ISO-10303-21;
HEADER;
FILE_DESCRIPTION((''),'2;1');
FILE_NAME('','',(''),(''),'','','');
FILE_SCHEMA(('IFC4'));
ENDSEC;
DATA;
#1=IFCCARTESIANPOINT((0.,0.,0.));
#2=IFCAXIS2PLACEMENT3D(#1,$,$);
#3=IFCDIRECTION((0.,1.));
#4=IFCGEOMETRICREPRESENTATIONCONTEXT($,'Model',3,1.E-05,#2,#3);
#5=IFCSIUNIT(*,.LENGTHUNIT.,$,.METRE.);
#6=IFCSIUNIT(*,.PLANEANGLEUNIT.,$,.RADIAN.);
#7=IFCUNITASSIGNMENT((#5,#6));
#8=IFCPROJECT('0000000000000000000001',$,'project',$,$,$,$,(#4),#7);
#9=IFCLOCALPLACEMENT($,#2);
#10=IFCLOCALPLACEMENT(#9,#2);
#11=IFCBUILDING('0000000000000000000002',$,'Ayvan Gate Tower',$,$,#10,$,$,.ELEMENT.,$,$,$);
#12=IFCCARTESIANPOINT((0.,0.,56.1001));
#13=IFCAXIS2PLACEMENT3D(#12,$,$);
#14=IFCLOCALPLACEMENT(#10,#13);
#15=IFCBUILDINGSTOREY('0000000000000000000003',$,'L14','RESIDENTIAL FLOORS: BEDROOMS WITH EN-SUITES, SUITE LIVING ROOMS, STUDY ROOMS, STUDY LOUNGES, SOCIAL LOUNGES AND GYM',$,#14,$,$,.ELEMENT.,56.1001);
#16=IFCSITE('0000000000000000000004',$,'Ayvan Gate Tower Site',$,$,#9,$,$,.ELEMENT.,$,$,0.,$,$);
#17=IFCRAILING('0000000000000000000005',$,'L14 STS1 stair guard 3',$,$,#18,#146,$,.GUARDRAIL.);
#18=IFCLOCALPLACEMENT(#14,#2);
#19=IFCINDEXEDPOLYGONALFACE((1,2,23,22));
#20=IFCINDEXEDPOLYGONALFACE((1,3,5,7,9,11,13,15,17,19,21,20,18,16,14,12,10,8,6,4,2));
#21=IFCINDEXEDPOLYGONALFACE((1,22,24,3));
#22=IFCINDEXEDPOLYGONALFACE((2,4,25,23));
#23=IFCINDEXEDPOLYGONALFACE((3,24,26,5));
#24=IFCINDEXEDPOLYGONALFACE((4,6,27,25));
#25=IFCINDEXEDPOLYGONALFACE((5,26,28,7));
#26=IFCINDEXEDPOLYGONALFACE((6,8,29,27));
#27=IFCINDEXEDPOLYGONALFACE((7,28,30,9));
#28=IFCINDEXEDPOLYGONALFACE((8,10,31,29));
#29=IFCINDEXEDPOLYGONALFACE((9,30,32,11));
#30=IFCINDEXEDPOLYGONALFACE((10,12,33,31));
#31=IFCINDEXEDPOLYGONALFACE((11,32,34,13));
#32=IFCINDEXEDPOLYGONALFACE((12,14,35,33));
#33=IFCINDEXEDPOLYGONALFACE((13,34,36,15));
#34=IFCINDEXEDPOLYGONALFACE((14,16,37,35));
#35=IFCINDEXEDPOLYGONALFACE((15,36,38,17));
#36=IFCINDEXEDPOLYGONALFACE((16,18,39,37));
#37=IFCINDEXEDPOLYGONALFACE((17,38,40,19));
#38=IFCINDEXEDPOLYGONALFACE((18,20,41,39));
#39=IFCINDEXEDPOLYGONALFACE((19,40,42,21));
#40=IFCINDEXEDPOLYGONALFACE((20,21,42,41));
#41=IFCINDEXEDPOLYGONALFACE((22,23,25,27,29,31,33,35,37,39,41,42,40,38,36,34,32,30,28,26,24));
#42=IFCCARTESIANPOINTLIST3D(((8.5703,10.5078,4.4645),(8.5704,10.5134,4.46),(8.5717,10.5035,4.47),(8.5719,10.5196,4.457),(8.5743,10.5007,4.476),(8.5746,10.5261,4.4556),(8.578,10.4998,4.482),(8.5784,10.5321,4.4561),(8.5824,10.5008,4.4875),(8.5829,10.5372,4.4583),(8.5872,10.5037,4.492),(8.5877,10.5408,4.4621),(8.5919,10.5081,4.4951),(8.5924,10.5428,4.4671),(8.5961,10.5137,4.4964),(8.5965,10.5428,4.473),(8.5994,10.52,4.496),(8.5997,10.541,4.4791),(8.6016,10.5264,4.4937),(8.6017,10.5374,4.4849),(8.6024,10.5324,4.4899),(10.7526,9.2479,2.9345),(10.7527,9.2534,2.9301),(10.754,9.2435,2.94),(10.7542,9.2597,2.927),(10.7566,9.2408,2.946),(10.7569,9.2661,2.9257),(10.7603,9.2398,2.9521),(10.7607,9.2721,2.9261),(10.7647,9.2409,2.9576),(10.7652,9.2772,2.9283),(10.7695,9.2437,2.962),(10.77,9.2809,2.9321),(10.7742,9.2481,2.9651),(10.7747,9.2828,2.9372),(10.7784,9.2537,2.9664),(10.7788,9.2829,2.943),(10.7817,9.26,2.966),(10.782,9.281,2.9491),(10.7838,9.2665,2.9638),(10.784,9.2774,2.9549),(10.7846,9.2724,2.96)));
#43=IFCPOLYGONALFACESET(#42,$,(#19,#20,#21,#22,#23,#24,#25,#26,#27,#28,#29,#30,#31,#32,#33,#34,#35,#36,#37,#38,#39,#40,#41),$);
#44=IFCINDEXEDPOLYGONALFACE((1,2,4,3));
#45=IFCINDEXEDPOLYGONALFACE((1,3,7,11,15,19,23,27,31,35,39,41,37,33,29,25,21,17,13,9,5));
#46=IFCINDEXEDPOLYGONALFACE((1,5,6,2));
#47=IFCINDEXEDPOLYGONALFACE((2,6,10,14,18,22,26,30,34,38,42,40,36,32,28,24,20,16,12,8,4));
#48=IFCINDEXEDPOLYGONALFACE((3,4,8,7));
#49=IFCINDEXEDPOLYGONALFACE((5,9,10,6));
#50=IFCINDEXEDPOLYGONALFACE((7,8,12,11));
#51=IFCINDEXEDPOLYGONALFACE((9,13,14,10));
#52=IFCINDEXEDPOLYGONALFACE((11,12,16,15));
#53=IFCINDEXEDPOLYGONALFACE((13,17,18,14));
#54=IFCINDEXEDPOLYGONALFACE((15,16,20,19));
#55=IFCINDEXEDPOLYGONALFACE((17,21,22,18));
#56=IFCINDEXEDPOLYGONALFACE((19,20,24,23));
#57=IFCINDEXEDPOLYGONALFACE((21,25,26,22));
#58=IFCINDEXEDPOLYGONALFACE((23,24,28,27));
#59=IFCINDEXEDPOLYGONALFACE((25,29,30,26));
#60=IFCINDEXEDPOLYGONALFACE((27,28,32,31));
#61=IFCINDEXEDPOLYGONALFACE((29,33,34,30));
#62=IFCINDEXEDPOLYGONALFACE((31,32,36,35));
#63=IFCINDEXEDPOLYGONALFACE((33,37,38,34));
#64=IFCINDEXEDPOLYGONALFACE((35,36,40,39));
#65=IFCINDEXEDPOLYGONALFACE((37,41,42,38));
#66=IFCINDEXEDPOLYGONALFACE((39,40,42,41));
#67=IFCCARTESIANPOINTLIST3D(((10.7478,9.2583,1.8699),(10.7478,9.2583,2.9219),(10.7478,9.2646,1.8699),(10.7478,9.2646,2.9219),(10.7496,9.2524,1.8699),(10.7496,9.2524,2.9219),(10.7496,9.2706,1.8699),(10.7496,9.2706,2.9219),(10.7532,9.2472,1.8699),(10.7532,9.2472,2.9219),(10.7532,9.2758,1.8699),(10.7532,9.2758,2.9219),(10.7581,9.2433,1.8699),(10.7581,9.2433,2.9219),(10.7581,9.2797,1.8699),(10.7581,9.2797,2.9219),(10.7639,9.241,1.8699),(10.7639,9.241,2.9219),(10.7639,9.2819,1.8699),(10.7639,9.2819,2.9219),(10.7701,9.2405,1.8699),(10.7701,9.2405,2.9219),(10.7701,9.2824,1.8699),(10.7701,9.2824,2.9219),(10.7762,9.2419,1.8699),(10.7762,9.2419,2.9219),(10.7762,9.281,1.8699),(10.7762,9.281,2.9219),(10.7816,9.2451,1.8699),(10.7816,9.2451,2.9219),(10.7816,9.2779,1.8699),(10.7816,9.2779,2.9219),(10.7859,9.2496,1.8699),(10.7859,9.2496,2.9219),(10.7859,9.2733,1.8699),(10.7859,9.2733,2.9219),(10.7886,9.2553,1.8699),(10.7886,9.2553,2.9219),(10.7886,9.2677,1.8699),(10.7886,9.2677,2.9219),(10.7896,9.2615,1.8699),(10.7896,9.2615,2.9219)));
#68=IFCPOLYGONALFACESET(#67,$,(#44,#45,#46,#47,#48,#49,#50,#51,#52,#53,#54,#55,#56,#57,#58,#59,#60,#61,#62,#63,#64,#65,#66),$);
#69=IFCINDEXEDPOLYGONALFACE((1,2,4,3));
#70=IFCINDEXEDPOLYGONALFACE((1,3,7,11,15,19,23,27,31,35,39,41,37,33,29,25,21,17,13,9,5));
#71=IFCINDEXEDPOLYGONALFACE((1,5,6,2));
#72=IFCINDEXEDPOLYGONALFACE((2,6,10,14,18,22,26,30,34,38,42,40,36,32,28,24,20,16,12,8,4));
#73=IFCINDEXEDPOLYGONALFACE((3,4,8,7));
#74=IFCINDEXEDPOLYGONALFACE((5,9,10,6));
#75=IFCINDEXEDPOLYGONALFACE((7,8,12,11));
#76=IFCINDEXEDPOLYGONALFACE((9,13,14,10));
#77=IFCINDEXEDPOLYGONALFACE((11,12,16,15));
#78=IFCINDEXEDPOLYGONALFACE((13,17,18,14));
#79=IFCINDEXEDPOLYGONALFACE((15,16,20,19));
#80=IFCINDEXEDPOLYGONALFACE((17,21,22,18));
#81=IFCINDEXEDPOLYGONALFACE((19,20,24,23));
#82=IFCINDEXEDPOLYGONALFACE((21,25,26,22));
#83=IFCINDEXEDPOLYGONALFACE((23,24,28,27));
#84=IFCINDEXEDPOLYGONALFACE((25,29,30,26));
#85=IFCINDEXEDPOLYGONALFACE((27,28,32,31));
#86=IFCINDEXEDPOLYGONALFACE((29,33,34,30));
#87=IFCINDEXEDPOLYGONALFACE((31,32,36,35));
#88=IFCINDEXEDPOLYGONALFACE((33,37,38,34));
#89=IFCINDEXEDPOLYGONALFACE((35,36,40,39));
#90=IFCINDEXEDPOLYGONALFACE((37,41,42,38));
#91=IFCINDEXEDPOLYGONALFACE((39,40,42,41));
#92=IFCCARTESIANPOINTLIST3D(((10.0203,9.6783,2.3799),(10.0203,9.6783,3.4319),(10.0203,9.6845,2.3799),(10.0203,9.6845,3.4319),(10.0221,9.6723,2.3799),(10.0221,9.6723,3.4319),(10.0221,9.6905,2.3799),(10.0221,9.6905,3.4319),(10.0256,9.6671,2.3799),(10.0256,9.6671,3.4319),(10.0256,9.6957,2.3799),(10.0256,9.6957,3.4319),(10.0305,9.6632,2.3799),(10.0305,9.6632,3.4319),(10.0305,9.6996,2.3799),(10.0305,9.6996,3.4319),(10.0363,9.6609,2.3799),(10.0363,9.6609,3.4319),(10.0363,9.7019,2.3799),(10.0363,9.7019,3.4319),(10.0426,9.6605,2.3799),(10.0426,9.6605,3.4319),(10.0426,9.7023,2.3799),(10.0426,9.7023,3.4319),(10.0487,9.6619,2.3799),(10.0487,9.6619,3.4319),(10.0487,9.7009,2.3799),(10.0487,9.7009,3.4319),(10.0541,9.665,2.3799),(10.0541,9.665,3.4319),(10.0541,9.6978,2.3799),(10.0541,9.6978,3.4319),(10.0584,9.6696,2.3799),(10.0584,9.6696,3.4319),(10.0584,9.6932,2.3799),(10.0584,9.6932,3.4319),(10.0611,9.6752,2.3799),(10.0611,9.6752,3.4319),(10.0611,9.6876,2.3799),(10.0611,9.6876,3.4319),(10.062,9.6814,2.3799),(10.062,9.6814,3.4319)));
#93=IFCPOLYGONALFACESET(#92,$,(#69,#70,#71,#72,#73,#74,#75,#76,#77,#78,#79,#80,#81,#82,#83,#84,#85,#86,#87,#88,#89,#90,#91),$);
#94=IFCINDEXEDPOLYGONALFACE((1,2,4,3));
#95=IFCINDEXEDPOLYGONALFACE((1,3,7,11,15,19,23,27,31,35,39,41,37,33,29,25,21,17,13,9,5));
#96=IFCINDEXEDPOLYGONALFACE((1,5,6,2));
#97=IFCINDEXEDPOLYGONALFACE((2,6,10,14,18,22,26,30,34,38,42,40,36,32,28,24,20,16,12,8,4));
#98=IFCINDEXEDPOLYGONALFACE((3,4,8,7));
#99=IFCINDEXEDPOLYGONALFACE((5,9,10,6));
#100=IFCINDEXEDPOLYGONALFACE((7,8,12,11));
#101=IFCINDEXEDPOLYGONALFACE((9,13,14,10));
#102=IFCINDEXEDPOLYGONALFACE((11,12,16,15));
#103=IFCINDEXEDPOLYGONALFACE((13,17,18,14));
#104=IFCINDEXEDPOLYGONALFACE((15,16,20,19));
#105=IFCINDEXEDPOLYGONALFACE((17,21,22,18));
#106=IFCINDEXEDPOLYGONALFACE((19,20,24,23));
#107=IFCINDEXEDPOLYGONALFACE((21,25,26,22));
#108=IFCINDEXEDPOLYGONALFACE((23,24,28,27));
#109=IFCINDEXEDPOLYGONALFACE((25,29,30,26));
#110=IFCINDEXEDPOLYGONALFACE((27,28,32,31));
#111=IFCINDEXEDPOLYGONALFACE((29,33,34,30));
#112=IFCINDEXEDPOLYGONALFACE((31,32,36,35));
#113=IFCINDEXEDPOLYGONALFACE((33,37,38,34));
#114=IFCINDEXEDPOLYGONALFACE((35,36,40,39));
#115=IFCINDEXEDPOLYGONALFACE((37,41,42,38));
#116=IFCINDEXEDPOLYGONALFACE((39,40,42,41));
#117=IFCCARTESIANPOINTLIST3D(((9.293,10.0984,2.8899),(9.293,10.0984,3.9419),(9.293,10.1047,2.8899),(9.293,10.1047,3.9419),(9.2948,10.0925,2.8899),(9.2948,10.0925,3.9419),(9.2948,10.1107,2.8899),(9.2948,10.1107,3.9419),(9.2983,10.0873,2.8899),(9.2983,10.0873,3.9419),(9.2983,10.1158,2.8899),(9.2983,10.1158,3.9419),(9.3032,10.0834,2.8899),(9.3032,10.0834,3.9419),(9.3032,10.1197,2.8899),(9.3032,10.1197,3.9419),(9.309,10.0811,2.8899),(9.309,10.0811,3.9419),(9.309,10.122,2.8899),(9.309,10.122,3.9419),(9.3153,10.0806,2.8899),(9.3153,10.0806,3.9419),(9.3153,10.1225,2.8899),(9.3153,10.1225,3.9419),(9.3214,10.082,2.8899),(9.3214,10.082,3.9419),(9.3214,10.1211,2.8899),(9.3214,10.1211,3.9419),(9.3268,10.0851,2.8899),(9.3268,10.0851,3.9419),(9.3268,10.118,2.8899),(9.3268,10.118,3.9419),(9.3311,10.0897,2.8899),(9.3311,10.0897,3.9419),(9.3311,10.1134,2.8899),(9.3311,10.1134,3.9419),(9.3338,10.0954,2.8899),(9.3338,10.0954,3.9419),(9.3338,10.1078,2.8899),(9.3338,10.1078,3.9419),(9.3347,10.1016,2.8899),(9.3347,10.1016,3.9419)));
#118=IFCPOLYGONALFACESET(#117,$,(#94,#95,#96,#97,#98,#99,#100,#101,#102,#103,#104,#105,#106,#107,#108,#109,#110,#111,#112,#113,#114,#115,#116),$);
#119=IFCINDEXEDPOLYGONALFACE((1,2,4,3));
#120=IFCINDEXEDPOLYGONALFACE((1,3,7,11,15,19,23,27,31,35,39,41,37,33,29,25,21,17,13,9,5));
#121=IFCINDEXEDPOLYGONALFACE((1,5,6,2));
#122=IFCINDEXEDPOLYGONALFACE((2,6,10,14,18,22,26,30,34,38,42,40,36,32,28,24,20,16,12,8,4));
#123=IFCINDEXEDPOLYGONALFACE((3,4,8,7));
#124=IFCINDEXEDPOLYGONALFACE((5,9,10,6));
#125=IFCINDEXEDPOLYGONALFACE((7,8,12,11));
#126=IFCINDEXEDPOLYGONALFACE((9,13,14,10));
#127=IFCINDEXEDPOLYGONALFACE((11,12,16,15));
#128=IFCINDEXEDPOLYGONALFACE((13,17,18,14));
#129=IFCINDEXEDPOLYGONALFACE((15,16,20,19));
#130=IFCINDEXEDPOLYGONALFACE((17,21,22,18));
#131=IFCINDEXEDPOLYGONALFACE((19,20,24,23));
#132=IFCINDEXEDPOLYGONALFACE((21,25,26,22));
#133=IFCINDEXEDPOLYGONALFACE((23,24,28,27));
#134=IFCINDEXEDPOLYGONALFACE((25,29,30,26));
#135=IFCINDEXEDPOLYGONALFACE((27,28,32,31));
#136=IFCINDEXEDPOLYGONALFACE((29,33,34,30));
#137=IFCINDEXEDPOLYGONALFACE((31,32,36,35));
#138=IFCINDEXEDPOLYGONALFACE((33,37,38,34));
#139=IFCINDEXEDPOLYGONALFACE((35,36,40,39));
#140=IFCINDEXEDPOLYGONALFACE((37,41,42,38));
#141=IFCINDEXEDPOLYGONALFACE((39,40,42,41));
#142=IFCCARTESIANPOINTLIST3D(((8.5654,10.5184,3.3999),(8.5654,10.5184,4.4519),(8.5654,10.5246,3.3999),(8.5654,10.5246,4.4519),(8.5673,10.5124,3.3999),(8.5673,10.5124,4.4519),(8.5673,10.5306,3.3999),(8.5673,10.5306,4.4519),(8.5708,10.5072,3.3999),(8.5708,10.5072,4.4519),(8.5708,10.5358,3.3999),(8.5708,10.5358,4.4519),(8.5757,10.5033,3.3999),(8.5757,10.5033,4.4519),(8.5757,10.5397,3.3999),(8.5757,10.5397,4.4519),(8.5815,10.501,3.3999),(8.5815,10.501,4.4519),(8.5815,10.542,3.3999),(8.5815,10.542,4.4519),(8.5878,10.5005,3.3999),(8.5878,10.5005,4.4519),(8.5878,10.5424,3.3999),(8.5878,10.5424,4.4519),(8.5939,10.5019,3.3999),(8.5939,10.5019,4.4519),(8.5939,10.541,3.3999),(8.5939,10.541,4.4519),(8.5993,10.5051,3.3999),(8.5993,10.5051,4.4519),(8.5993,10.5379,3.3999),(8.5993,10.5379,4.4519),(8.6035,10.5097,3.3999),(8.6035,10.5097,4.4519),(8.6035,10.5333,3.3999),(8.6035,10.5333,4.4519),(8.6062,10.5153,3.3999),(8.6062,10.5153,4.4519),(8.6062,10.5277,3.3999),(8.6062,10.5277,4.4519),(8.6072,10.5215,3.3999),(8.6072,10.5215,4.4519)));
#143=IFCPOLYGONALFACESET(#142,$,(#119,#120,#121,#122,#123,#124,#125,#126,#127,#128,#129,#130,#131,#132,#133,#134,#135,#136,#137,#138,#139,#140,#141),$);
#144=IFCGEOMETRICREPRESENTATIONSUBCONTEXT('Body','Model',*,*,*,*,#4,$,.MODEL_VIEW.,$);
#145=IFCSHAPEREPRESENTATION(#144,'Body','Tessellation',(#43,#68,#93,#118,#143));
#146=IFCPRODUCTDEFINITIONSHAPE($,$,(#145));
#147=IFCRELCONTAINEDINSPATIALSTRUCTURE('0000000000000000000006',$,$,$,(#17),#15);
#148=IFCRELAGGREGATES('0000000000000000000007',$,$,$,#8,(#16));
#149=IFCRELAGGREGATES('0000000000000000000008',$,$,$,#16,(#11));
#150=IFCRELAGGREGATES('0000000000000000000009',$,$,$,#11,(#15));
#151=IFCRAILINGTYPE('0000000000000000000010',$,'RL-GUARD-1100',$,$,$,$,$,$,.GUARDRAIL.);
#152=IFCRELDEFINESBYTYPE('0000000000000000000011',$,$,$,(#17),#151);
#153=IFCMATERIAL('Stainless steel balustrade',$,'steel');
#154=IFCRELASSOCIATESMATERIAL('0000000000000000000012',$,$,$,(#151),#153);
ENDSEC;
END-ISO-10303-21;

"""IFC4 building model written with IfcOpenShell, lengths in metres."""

from ifc_helpers import new_model, si_unit, direction, frame, origin, origin_2d, place, context, subcontext, project, spatial, circle, extrude, material, type_object, element, save


model = new_model("IFC4")

# Units and contexts
model_context = context("Model", 3, precision=1e-05, world=origin(), true_north=direction((0.0, 1.0)))
body_context = subcontext(model_context, "Body", "Model", "MODEL_VIEW")
ifc_project = project(units=[si_unit("LENGTHUNIT", "METRE"), si_unit("PLANEANGLEUNIT", "RADIAN")], contexts=[model_context])

# Site, building, storey
site_placement = place(None, origin())
site = spatial("IfcSite", under=ifc_project, at=site_placement, Name="Ayvan Gate Tower Site", CompositionType="ELEMENT", RefElevation=0.0)
building_placement = place(site_placement, origin())
building = spatial("IfcBuilding", under=site, at=building_placement, Name="Ayvan Gate Tower", CompositionType="ELEMENT")
storey_placement = place(building_placement, frame((0.0, 0.0, 56.1001)))
storey = spatial("IfcBuildingStorey", under=building, at=storey_placement, Name="L14", Description="RESIDENTIAL FLOORS: BEDROOMS WITH EN-SUITES, SUITE LIVING ROOMS, STUDY ROOMS, STUDY LOUNGES, SOCIAL LOUNGES AND GYM", CompositionType="ELEMENT", Elevation=56.1001)

# Railing
ifc_material_1 = material(Name="Stainless steel balustrade", Category="steel")
railing_type_1 = type_object("IfcRailingType", Name="RL-GUARD-1100", PredefinedType="GUARDRAIL", material=ifc_material_1)
railing_1_placement = place(storey_placement, frame((10.7686, 9.2615, 1.8699)))
element("IfcRailing", 1, at=railing_1_placement, inside=storey, type_object=railing_type_1, Name="L14 STS1 stair guard 3", PredefinedType="GUARDRAIL", context=body_context, shape_type="SweptSolid", body=[
    extrude(circle(Radius=0.0239, at=origin_2d()), frame((0.0, 0.0, 1.0762), z_axis=(-0.740261, 0.427395, 0.518986), x_axis=(-0.500005, -0.866023, 0.0)), (0.0, 0.0, 1.0), 2.948),
    extrude(circle(Radius=0.021, at=origin_2d()), origin(), (0.0, 0.0, 1.0), 1.052),
    extrude(circle(Radius=0.021, at=origin_2d()), frame((-0.7275, 0.4199, 0.51)), (0.0, 0.0, 1.0), 1.052),
    extrude(circle(Radius=0.021, at=origin_2d()), frame((-1.4548, 0.8401, 1.02)), (0.0, 0.0, 1.0), 1.052),
    extrude(circle(Radius=0.021, at=origin_2d()), frame((-2.1824, 1.26, 1.53)), (0.0, 0.0, 1.0), 1.052),
])

save(model, "model.ifc")
